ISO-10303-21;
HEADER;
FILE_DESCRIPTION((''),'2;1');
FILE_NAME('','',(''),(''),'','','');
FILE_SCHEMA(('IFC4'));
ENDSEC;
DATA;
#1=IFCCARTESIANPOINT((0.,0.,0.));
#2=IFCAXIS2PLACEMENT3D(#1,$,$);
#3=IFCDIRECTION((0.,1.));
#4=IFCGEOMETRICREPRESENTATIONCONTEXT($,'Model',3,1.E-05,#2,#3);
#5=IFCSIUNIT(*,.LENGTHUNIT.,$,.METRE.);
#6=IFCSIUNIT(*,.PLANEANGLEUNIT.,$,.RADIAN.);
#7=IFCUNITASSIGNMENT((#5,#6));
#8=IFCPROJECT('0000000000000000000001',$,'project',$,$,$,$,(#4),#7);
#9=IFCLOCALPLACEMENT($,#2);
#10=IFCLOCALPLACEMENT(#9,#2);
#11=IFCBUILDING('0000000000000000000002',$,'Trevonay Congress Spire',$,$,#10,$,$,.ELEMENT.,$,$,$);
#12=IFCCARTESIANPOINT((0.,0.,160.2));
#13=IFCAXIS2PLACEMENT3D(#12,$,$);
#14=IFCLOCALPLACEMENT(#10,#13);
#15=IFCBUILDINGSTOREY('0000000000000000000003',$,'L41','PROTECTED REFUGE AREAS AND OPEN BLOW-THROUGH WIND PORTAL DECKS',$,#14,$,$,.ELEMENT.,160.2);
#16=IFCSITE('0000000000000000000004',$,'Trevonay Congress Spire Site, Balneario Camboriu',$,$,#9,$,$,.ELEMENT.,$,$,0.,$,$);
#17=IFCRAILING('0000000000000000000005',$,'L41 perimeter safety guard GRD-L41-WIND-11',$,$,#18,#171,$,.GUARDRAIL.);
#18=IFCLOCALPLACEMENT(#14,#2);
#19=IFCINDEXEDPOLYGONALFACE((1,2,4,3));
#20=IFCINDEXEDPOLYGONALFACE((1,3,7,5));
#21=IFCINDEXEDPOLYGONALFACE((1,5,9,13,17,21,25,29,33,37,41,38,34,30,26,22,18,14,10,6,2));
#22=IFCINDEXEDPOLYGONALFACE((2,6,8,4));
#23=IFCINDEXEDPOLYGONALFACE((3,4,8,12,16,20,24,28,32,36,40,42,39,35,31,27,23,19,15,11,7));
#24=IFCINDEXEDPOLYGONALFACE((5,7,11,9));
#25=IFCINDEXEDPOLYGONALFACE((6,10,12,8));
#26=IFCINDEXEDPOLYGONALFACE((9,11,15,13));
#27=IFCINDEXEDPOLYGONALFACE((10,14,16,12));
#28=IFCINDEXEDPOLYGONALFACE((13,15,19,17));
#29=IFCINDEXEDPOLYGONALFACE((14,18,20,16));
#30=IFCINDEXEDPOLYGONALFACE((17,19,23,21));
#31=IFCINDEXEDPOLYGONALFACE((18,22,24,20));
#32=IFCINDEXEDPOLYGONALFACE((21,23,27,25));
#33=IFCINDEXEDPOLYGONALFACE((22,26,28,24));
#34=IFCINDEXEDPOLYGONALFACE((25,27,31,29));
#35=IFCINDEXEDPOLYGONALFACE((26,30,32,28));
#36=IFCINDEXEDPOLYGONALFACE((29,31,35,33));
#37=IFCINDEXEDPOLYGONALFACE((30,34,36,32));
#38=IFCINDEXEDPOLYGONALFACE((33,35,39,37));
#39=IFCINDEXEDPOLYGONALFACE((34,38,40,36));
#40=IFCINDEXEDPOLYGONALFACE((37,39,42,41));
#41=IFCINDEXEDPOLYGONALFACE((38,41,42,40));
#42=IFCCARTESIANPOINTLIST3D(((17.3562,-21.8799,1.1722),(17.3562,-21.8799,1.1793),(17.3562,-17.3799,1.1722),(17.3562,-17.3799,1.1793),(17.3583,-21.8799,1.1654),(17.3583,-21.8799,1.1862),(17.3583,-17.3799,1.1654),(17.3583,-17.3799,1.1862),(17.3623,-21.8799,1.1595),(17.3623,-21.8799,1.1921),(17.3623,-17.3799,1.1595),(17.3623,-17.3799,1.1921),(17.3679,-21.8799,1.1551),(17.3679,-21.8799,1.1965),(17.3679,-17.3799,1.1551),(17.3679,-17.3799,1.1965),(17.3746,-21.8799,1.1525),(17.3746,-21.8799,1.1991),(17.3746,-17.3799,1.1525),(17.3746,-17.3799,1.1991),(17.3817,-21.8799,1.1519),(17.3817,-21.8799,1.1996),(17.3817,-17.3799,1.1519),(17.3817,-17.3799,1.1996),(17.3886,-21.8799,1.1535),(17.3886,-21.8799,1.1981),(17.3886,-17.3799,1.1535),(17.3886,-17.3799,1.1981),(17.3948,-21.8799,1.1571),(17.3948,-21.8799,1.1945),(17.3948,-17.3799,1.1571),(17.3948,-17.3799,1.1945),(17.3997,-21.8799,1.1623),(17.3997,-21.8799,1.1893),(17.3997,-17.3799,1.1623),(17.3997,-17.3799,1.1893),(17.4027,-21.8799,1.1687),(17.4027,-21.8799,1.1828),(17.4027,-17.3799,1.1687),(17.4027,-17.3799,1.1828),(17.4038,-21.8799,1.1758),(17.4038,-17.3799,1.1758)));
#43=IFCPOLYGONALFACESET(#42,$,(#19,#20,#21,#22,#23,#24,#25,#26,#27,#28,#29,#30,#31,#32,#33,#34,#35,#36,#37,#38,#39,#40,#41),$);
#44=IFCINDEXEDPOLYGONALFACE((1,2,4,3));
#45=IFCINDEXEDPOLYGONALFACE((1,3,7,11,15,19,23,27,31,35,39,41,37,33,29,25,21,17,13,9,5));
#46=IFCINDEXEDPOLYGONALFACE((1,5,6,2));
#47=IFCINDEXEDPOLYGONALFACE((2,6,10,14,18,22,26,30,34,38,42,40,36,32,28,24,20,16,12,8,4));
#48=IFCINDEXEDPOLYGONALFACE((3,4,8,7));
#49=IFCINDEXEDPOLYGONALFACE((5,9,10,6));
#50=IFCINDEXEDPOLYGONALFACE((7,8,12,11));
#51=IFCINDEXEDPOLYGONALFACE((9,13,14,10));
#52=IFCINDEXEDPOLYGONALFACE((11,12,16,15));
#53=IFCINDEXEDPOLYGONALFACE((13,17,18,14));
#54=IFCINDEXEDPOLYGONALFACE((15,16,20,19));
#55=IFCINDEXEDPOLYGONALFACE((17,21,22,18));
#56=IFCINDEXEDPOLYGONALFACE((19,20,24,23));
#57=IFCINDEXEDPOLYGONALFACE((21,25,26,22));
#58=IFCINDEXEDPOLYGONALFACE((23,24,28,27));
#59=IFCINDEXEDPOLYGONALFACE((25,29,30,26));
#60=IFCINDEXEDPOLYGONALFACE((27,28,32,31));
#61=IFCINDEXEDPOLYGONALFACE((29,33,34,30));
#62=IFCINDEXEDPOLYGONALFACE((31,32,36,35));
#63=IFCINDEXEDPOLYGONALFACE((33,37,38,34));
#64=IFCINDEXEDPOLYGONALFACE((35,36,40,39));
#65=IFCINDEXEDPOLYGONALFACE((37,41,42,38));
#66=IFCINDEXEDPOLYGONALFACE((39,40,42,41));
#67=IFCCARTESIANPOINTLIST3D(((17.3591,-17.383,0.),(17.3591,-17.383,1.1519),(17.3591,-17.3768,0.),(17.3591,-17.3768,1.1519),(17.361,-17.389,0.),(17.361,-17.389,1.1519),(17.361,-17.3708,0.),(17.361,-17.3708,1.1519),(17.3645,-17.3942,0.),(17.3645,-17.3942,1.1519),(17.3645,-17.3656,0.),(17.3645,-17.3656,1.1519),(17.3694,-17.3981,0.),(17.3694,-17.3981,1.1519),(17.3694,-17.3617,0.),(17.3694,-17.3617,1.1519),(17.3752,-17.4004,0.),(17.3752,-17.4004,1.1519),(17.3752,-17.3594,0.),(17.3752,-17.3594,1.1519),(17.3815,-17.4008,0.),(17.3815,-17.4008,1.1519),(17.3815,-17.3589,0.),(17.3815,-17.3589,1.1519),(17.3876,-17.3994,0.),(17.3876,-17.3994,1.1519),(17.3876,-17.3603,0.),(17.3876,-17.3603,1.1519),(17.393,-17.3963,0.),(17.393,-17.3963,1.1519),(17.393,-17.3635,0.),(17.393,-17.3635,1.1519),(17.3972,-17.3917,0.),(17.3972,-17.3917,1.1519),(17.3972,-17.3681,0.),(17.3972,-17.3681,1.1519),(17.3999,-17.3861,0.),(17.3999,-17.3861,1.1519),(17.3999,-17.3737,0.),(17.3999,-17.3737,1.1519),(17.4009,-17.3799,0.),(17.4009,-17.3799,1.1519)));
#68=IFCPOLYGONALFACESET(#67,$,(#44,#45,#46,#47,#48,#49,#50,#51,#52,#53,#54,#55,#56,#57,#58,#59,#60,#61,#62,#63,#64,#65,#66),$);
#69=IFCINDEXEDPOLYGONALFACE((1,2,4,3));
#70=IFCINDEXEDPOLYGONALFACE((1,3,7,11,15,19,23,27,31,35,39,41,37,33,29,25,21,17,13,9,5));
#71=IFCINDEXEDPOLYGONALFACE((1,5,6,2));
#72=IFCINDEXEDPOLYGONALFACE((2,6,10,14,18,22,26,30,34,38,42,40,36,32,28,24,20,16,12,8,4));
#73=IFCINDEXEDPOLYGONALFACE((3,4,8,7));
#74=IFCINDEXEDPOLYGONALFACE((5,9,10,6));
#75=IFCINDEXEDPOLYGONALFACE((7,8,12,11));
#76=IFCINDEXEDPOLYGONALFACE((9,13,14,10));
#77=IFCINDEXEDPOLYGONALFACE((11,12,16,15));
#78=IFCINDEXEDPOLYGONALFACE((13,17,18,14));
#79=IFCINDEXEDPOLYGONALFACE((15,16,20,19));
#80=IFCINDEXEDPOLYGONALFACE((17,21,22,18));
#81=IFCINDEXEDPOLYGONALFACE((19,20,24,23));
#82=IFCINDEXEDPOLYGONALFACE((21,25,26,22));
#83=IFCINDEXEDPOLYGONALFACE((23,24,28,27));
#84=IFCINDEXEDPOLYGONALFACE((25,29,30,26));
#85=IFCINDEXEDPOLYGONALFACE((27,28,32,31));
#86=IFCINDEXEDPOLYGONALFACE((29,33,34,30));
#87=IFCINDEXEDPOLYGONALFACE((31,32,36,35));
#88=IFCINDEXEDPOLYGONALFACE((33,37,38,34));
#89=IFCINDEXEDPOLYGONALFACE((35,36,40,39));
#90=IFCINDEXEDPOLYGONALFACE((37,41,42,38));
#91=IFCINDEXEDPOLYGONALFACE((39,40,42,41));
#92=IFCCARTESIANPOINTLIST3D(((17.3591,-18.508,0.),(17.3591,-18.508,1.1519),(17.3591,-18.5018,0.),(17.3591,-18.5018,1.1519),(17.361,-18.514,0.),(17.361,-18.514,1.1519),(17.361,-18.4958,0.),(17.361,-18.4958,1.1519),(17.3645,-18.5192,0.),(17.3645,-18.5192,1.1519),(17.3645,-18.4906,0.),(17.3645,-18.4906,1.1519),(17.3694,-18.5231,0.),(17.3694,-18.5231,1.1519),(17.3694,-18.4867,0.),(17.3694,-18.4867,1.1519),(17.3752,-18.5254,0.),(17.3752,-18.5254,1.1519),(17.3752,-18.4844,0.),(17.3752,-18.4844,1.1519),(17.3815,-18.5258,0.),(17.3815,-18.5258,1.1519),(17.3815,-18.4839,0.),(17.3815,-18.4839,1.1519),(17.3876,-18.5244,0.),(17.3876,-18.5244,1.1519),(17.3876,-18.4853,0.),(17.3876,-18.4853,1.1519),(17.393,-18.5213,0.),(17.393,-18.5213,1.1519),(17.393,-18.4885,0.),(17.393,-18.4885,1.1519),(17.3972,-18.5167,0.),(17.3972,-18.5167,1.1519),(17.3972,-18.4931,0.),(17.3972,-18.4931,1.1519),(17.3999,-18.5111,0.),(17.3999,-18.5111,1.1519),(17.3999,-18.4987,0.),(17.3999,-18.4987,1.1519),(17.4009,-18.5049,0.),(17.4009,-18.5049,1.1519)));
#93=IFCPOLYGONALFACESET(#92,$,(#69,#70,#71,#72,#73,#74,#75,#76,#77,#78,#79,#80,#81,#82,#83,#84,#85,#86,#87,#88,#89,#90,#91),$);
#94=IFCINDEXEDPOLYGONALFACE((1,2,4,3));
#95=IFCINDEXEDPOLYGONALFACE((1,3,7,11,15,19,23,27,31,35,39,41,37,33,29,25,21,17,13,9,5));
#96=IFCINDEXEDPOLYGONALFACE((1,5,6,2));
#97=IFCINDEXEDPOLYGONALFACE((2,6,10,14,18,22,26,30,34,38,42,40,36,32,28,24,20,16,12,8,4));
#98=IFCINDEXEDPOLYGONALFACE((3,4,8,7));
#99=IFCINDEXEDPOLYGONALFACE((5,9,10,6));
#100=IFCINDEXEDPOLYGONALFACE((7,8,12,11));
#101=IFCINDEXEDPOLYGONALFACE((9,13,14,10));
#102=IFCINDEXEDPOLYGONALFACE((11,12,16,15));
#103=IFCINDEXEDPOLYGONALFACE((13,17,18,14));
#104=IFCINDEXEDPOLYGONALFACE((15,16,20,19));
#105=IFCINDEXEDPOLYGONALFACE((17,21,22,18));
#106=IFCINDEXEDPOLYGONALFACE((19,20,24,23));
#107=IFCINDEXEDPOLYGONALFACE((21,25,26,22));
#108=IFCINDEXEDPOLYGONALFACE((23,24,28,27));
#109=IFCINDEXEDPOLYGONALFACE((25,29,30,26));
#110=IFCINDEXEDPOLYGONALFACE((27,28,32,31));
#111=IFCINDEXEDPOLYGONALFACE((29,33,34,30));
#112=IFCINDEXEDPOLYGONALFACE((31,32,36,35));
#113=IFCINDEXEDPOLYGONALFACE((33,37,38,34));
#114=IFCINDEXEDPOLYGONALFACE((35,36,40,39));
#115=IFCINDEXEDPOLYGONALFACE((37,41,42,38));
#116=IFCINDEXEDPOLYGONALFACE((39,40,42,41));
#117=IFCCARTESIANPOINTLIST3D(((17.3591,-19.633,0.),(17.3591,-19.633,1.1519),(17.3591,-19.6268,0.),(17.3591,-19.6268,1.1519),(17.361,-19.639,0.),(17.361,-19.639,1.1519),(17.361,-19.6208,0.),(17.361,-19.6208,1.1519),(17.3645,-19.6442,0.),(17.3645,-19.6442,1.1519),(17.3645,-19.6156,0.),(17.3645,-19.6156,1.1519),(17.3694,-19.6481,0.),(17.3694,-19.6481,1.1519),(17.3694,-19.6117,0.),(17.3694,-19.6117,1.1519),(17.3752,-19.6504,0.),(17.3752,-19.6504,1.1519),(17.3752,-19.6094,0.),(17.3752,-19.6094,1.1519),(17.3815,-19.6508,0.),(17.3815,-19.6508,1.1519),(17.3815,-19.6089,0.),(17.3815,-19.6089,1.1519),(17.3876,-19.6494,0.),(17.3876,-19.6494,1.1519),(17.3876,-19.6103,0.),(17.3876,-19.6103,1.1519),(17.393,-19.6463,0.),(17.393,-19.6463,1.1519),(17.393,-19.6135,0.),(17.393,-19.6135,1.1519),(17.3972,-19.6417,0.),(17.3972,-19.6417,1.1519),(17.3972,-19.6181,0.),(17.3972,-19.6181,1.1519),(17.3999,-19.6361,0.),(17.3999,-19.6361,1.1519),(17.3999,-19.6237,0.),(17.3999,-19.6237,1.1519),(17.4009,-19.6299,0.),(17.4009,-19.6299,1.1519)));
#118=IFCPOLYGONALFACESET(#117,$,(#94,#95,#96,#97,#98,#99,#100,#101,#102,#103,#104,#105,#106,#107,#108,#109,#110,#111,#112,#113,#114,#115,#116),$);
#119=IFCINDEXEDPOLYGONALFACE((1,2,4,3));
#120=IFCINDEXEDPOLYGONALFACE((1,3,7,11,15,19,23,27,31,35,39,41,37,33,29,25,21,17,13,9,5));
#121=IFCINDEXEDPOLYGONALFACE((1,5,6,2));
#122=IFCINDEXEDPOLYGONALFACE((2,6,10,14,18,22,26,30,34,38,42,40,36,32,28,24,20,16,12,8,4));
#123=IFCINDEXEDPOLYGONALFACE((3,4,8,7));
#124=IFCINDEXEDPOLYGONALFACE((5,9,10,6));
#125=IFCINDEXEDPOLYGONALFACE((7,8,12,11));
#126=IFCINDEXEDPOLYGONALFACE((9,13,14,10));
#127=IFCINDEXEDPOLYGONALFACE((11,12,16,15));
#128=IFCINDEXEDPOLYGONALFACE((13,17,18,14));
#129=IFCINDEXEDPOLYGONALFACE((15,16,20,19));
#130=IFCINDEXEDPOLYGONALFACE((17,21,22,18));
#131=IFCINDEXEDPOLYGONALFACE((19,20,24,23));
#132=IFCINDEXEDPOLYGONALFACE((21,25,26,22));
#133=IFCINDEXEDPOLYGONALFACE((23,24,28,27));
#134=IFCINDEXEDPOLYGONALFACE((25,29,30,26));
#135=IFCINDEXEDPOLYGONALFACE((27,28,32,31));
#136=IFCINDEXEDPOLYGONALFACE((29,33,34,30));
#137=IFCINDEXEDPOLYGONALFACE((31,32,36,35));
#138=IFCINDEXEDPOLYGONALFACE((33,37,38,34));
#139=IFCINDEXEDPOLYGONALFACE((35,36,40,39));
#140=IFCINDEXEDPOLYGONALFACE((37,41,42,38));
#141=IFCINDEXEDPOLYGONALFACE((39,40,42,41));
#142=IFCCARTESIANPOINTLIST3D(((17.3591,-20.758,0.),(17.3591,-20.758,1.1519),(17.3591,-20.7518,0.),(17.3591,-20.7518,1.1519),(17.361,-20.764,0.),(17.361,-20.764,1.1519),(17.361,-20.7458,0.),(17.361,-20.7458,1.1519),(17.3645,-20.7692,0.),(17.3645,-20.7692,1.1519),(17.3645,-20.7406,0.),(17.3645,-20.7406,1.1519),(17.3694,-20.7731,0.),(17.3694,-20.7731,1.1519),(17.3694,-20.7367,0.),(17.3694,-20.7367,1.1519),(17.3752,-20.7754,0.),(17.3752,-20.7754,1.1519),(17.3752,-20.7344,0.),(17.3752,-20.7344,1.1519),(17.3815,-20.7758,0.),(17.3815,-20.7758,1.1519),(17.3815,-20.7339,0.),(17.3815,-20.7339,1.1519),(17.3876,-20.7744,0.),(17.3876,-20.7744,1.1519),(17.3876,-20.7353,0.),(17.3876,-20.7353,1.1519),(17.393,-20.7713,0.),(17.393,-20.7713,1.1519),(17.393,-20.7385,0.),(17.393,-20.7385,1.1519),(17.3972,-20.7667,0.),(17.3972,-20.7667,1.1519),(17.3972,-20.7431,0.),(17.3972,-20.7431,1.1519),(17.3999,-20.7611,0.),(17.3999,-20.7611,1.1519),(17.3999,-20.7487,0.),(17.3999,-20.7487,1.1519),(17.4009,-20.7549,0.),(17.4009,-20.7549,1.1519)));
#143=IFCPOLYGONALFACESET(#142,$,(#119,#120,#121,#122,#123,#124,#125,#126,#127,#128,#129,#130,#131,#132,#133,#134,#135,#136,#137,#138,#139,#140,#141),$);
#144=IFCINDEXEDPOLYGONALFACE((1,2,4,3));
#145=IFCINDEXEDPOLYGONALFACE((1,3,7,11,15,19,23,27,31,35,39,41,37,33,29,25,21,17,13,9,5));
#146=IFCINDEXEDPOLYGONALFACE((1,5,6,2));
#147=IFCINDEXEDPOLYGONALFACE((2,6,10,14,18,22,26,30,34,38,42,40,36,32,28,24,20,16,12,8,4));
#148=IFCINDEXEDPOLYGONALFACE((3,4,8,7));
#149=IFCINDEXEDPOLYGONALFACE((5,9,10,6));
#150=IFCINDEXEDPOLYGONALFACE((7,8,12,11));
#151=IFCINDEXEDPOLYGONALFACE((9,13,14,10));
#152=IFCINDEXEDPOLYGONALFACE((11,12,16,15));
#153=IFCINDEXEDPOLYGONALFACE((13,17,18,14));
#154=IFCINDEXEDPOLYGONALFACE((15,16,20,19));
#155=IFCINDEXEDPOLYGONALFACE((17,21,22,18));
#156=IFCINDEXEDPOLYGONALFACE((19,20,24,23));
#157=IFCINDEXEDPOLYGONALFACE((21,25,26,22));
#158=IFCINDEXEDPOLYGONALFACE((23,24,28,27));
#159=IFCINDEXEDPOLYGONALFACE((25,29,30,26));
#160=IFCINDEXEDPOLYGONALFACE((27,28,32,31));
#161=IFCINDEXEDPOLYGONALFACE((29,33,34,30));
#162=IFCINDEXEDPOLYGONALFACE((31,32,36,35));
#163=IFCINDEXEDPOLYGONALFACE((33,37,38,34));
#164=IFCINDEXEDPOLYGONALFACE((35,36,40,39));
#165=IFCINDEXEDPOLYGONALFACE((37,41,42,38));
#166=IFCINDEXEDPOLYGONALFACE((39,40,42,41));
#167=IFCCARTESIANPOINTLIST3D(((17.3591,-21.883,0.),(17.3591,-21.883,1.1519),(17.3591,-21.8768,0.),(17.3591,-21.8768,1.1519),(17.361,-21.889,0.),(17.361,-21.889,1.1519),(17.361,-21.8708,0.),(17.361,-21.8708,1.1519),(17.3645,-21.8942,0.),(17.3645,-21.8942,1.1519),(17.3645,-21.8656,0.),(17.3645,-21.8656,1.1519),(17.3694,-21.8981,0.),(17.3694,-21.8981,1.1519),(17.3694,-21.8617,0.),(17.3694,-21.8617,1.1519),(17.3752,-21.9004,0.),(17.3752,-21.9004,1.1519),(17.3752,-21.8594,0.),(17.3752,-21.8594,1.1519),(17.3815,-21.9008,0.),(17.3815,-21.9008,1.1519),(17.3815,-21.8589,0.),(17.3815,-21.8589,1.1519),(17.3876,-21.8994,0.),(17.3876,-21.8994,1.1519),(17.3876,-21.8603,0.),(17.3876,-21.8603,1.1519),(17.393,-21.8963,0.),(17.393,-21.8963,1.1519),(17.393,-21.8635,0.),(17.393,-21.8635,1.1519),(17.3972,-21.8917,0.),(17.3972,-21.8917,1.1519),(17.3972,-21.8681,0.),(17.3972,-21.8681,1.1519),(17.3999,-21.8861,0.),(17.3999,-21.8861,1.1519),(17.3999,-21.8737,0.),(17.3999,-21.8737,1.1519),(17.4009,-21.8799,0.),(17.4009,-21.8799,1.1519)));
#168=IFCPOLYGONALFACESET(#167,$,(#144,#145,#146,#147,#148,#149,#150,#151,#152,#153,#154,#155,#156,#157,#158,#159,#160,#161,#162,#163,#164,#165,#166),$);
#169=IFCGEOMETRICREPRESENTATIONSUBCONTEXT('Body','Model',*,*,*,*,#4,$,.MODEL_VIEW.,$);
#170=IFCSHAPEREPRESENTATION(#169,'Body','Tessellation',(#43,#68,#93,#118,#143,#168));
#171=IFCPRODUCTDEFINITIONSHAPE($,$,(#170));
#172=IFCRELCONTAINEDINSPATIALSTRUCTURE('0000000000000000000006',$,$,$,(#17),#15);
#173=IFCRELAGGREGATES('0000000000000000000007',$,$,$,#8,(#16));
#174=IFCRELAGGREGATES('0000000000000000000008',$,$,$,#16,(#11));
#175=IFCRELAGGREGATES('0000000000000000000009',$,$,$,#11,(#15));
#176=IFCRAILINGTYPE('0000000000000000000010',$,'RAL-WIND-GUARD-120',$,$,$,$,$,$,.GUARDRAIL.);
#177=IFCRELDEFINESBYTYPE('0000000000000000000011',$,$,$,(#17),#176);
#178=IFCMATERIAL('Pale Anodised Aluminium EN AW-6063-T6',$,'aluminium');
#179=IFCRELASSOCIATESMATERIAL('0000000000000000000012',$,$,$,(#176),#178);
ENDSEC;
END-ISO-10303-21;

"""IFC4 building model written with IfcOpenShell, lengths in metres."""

from ifc_helpers import new_model, si_unit, direction, frame, origin, origin_2d, place, context, subcontext, project, spatial, circle, extrude, material, type_object, element, save


model = new_model("IFC4")

# Units and contexts
model_context = context("Model", 3, precision=1e-05, world=origin(), true_north=direction((0.0, 1.0)))
body_context = subcontext(model_context, "Body", "Model", "MODEL_VIEW")
ifc_project = project(units=[si_unit("LENGTHUNIT", "METRE"), si_unit("PLANEANGLEUNIT", "RADIAN")], contexts=[model_context])

# Site, building, storey
site_placement = place(None, origin())
site = spatial("IfcSite", under=ifc_project, at=site_placement, Name="Trevonay Congress Spire Site, Balneario Camboriu", CompositionType="ELEMENT", RefElevation=0.0)
building_placement = place(site_placement, origin())
building = spatial("IfcBuilding", under=site, at=building_placement, Name="Trevonay Congress Spire", CompositionType="ELEMENT")
storey_placement = place(building_placement, frame((0.0, 0.0, 160.2)))
storey = spatial("IfcBuildingStorey", under=building, at=storey_placement, Name="L41", Description="PROTECTED REFUGE AREAS AND OPEN BLOW-THROUGH WIND PORTAL DECKS", CompositionType="ELEMENT", Elevation=160.2)

# Railing
ifc_material_1 = material(Name="Pale Anodised Aluminium EN AW-6063-T6", Category="aluminium")
railing_type = type_object("IfcRailingType", Name="RAL-WIND-GUARD-120", PredefinedType="GUARDRAIL", material=ifc_material_1)
railing_1_placement = place(storey_placement, frame((17.3799, -17.3799, 0.0)))
element("IfcRailing", 1, at=railing_1_placement, inside=storey, type_object=railing_type, Name="L41 perimeter safety guard GRD-L41-WIND-11", PredefinedType="GUARDRAIL", context=body_context, shape_type="SweptSolid", body=[
    extrude(circle(Radius=0.0239, at=origin_2d()), frame((0.0, 0.0, 1.1758), z_axis=(0.0, -1.0, 0.0), x_axis=(1.0, 0.0, 0.0)), (0.0, 0.0, 1.0), 4.5),
    extrude(circle(Radius=0.021, at=origin_2d()), origin(), (0.0, 0.0, 1.0), 1.1519),
    extrude(circle(Radius=0.021, at=origin_2d()), frame((0.0, -1.125, 0.0)), (0.0, 0.0, 1.0), 1.1519),
    extrude(circle(Radius=0.021, at=origin_2d()), frame((0.0, -2.25, 0.0)), (0.0, 0.0, 1.0), 1.1519),
    extrude(circle(Radius=0.021, at=origin_2d()), frame((0.0, -3.375, 0.0)), (0.0, 0.0, 1.0), 1.1519),
    extrude(circle(Radius=0.021, at=origin_2d()), frame((0.0, -4.5, 0.0)), (0.0, 0.0, 1.0), 1.1519),
])

save(model, "model.ifc")
